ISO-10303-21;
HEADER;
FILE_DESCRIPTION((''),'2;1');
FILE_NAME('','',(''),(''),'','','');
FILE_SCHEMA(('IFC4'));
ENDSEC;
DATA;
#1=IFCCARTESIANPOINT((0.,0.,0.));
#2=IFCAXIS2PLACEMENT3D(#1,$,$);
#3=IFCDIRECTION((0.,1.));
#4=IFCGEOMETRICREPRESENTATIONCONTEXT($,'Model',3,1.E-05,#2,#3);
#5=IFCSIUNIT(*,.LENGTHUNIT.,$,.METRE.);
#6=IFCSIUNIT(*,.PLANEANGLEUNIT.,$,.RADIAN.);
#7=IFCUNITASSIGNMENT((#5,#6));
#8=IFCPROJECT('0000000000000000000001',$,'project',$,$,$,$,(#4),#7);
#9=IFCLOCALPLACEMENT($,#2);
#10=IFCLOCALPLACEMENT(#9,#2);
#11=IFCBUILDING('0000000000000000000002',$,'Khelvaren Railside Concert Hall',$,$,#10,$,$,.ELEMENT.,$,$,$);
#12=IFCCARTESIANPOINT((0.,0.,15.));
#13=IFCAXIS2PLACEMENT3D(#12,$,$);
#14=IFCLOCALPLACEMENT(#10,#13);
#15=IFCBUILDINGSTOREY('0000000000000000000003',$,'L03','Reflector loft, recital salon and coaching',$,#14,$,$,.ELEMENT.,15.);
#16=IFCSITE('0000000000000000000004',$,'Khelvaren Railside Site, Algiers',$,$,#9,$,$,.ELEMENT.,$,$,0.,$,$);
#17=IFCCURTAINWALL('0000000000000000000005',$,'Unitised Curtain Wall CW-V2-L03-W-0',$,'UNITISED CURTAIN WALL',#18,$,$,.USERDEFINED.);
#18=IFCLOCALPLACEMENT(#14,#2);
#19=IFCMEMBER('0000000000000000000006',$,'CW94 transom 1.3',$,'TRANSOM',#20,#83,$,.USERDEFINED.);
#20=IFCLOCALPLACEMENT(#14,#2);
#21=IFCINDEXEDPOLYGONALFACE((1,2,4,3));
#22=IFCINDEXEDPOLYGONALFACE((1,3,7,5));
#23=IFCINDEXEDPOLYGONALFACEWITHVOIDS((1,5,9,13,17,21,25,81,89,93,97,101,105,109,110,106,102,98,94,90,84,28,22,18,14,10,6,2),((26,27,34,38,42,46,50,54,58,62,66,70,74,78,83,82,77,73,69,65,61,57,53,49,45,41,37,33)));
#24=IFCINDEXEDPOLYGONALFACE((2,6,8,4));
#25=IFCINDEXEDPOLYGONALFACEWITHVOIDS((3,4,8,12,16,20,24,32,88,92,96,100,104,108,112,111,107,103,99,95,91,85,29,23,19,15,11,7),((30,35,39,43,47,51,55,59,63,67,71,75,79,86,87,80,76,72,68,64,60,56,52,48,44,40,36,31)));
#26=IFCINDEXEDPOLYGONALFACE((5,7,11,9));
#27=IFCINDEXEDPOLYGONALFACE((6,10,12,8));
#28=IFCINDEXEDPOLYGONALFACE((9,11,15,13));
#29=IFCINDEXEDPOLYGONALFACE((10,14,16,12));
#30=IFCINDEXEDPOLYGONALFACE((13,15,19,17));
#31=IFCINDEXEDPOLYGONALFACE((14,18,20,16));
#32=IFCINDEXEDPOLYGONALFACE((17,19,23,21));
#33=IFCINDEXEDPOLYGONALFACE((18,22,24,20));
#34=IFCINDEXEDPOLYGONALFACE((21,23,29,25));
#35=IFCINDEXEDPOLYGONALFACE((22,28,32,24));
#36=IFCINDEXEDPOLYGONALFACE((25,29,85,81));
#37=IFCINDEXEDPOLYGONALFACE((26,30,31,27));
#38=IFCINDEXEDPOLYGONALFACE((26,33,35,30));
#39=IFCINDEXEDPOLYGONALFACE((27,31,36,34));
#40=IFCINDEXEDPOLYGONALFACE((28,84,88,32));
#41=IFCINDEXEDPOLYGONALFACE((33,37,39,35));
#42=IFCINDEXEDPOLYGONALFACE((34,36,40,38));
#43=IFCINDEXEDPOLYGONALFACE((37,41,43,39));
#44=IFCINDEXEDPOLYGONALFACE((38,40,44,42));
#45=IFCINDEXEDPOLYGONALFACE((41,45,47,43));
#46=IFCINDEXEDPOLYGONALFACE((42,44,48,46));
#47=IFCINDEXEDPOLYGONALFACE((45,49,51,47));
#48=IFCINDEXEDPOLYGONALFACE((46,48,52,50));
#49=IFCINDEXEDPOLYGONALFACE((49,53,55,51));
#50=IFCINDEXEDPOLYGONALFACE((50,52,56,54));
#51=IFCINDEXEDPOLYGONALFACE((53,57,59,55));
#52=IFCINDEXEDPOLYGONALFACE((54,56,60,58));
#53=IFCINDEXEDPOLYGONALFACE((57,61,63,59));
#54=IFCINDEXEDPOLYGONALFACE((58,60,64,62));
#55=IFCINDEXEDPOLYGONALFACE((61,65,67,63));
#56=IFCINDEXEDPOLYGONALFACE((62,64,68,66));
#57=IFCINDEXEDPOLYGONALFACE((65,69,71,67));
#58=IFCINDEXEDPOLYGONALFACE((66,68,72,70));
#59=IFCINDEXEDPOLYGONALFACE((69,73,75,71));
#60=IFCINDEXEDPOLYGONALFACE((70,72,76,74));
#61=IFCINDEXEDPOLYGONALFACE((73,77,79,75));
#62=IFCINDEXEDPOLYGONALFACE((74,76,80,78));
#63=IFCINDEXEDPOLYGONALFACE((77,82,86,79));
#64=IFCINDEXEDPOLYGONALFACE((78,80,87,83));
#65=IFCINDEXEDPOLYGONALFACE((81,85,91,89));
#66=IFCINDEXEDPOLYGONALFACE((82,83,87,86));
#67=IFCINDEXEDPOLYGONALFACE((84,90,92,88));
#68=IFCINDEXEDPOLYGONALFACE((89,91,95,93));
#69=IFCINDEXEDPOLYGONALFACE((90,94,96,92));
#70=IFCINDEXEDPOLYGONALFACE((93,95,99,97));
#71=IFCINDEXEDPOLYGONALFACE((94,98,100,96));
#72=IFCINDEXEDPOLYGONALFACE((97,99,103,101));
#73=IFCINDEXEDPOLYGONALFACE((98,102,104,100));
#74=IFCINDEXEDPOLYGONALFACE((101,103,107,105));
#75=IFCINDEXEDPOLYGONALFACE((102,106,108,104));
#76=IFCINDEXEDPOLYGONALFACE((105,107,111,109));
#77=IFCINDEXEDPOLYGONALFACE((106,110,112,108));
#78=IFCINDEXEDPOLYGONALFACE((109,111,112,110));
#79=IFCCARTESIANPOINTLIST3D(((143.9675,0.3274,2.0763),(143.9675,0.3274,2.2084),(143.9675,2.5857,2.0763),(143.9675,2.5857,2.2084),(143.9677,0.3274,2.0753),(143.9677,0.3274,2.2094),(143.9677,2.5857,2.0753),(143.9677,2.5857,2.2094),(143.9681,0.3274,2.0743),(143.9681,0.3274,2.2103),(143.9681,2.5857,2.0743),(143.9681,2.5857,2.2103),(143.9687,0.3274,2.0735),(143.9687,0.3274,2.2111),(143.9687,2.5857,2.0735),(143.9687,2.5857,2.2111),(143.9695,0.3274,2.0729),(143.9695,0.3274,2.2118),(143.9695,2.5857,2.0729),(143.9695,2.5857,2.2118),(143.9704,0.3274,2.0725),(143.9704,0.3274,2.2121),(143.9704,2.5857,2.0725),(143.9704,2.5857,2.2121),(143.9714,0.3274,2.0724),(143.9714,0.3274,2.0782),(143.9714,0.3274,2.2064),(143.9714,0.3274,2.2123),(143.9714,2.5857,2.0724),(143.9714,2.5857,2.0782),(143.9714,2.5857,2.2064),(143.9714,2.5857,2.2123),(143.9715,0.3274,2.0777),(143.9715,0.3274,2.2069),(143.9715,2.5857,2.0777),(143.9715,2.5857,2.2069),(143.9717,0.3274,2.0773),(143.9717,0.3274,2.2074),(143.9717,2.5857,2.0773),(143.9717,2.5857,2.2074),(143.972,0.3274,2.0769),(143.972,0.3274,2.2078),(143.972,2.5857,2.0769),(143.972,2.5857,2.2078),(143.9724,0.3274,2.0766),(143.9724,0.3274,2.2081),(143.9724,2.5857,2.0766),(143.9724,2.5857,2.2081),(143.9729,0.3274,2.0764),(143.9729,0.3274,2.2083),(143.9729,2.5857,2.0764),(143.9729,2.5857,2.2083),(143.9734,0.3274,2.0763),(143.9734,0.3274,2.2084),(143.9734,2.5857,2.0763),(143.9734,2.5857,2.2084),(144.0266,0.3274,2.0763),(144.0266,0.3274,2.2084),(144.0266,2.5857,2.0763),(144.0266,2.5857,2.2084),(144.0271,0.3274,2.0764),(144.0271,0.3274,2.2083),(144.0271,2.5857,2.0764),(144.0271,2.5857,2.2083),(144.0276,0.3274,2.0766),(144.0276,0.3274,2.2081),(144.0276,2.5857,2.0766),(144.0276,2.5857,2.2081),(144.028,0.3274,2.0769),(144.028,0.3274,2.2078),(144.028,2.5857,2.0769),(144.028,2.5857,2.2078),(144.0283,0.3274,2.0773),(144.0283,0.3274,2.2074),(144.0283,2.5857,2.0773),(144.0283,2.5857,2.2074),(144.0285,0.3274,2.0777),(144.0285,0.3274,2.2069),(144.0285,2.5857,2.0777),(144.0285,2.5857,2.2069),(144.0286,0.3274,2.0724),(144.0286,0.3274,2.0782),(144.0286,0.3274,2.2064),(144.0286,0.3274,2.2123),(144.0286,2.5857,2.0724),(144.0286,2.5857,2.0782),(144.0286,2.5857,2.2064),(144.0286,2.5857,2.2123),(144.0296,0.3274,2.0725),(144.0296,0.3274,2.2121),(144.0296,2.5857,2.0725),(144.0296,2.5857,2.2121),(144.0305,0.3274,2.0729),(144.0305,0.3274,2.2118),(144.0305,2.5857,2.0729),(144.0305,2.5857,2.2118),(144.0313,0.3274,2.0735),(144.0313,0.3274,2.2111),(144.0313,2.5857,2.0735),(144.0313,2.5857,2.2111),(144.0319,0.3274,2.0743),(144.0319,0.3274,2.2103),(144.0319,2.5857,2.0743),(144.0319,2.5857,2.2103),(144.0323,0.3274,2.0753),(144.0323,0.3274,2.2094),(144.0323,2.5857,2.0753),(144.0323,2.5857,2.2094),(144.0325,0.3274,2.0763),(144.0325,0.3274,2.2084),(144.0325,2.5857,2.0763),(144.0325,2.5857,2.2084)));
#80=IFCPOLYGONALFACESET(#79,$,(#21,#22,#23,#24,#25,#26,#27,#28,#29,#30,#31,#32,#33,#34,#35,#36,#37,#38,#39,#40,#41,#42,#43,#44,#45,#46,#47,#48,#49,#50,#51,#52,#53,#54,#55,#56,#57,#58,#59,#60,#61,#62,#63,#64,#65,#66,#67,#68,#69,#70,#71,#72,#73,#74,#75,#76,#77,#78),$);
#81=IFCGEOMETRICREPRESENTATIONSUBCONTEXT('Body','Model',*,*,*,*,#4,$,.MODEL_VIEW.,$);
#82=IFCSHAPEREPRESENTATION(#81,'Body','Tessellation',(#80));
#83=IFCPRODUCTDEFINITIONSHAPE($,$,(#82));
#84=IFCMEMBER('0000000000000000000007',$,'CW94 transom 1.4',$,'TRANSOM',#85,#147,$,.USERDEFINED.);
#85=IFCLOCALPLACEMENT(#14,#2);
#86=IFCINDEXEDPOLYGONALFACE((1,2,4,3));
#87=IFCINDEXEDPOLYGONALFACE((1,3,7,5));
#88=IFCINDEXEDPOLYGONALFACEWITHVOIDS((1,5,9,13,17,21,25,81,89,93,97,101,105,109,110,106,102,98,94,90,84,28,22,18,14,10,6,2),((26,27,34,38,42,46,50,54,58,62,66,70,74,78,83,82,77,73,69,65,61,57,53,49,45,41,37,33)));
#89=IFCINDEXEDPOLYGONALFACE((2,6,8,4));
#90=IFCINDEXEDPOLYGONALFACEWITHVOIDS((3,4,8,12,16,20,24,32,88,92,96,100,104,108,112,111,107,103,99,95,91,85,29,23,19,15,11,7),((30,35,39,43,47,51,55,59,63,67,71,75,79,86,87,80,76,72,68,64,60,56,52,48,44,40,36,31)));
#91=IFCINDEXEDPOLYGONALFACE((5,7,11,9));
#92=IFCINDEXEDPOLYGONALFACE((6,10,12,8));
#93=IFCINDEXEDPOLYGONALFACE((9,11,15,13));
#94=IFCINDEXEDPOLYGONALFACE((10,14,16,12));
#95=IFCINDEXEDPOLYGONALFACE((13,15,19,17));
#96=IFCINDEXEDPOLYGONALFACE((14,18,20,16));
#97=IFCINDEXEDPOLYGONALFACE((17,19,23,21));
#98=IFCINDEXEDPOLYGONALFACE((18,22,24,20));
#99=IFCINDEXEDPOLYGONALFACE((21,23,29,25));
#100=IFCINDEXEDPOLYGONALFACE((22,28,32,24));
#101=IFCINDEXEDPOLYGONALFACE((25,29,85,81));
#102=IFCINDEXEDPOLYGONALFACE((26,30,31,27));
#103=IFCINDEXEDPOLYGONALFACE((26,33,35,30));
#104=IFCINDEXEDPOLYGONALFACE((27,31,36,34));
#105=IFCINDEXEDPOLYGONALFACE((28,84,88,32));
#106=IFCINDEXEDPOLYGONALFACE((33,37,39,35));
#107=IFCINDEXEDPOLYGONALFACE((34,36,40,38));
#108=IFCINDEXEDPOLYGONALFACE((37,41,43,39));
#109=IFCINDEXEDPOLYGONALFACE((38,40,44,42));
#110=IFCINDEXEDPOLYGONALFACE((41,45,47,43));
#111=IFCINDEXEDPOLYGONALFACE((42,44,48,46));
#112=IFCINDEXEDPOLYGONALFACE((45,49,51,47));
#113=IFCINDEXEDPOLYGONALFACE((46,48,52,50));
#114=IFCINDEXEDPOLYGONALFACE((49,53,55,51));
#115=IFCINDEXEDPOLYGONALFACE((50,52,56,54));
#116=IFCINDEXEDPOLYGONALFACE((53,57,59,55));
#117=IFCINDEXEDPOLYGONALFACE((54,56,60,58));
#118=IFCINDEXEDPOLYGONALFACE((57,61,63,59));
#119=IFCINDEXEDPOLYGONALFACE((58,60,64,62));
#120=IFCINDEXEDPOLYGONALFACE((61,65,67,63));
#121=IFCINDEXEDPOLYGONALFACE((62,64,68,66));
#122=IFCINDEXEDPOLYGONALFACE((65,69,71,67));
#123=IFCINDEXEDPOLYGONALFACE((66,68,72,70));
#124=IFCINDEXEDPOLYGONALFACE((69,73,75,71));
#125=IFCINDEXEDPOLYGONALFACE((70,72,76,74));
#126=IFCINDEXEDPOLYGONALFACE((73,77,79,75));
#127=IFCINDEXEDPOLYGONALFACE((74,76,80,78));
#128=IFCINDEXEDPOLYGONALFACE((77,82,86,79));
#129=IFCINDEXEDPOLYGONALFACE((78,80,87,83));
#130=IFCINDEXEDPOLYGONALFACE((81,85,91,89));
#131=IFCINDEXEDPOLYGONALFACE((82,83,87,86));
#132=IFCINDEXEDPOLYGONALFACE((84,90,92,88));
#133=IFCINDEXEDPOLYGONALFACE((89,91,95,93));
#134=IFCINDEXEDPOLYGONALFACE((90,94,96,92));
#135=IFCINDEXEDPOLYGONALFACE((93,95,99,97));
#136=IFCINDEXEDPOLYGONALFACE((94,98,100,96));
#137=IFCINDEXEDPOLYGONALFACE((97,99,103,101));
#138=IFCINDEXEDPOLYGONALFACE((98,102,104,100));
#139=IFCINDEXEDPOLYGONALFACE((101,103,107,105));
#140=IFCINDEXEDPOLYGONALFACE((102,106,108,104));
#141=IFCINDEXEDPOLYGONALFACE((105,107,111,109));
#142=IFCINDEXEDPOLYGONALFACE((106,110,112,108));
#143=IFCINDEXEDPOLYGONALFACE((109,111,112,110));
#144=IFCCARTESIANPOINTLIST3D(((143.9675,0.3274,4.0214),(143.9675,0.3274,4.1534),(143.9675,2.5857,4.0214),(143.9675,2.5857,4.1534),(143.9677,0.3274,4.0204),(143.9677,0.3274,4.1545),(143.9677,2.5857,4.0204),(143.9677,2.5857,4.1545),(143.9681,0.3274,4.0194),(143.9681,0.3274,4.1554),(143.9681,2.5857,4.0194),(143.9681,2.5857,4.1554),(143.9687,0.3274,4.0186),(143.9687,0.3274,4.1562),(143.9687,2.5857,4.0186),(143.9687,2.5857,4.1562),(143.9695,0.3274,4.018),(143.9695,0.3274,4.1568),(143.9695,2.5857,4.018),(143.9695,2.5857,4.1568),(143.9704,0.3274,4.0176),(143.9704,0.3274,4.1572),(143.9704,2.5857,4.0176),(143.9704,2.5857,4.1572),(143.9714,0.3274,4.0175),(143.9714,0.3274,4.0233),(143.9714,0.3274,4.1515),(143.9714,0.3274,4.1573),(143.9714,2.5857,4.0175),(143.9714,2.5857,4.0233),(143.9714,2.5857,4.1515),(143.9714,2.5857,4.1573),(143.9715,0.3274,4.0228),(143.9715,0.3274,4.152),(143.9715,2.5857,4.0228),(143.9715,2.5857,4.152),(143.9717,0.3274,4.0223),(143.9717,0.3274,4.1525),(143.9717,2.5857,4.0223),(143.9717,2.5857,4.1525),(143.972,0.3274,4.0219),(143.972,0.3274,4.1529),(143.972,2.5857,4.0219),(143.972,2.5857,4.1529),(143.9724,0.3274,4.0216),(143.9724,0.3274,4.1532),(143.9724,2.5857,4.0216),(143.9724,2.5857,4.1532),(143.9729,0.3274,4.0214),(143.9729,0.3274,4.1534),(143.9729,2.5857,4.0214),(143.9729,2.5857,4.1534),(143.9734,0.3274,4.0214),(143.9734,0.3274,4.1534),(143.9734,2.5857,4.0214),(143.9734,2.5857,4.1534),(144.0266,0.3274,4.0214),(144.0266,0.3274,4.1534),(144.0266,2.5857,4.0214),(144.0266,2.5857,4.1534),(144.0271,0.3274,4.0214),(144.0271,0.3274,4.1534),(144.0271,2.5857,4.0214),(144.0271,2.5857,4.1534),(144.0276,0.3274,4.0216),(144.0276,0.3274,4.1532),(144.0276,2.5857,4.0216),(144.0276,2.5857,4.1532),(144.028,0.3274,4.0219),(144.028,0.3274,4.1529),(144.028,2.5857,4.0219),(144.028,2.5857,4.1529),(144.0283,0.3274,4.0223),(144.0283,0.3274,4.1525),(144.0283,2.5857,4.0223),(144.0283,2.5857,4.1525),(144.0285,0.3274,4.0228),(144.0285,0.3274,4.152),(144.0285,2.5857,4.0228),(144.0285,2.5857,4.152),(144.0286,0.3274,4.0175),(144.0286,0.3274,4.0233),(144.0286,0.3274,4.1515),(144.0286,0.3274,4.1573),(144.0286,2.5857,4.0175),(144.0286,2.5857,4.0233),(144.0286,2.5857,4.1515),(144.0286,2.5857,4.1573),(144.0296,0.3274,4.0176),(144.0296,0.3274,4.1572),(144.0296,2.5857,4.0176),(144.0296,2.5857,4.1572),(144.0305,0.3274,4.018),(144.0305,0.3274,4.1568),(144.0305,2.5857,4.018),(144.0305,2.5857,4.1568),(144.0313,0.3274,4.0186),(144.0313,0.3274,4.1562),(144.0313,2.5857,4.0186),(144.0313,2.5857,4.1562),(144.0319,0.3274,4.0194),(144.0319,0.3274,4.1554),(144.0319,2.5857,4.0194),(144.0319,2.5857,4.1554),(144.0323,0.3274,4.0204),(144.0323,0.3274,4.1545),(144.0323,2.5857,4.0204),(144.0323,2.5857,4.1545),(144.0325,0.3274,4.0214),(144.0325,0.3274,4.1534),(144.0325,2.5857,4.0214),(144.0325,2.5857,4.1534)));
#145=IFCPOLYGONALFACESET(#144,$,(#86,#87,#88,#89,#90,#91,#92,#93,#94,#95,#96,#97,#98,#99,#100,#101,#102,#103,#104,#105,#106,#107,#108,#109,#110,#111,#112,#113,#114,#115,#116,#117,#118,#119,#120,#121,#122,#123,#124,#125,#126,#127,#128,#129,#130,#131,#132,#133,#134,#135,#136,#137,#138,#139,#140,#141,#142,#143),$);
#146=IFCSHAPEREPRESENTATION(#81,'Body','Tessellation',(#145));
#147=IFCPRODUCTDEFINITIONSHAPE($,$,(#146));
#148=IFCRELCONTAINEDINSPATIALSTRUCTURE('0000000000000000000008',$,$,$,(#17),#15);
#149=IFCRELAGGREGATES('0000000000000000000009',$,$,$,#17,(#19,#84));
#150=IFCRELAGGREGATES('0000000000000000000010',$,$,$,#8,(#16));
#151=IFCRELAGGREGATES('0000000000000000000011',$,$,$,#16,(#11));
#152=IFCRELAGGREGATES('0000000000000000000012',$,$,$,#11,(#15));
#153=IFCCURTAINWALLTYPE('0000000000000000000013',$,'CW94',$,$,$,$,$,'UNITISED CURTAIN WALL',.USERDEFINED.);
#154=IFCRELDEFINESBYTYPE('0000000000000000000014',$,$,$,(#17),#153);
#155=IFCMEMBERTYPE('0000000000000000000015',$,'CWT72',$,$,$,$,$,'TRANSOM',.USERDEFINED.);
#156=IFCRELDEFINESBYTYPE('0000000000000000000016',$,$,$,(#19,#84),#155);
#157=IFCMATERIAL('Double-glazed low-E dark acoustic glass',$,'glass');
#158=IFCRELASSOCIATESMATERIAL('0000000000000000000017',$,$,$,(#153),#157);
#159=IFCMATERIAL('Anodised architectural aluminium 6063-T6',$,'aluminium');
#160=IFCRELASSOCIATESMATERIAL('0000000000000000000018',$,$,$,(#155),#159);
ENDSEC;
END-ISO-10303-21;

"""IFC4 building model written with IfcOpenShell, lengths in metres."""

from ifc_helpers import new_model, si_unit, direction, frame, origin, origin_2d, place, context, subcontext, project, spatial, hollow_rectangle, extrude, material, material_profile, profile_set, type_object, element, aggregate, save


model = new_model("IFC4")

# Units and contexts
model_context = context("Model", 3, precision=1e-05, world=origin(), true_north=direction((0.0, 1.0)))
body_context = subcontext(model_context, "Body", "Model", "MODEL_VIEW")
ifc_project = project(units=[si_unit("LENGTHUNIT", "METRE"), si_unit("PLANEANGLEUNIT", "RADIAN")], contexts=[model_context])

# Site, building, storey
site_placement = place(None, origin())
site = spatial("IfcSite", under=ifc_project, at=site_placement, Name="Khelvaren Railside Site, Algiers", CompositionType="ELEMENT", RefElevation=0.0)
building_placement = place(site_placement, origin())
building = spatial("IfcBuilding", under=site, at=building_placement, Name="Khelvaren Railside Concert Hall", CompositionType="ELEMENT")
storey_placement = place(building_placement, frame((0.0, 0.0, 15.0)))
storey = spatial("IfcBuildingStorey", under=building, at=storey_placement, Name="L03", Description="Reflector loft, recital salon and coaching", CompositionType="ELEMENT", Elevation=15.0)

# Curtain wall, members
ifc_material_1 = material(Name="Double-glazed low-E dark acoustic glass", Category="glass")
curtain_wall_type = type_object("IfcCurtainWallType", Name="CW94", ElementType="UNITISED CURTAIN WALL", PredefinedType="USERDEFINED", material=ifc_material_1)
curtain_wall_placement = place(storey_placement, origin())
curtain_wall = element("IfcCurtainWall", 1, at=curtain_wall_placement, inside=storey, type_object=curtain_wall_type, Name="Unitised Curtain Wall CW-V2-L03-W-0", ObjectType="UNITISED CURTAIN WALL", PredefinedType="USERDEFINED")
ifc_material_2 = material(Name="Anodised architectural aluminium 6063-T6", Category="aluminium")
ifc_material_profile_1 = material_profile(ifc_material_2, hollow_rectangle(XDim=0.0649, YDim=0.1399, WallThickness=0.0039, InnerFilletRadius=0.002, OuterFilletRadius=0.0039, at=origin_2d()), Name="CWT 65x140x4")
ifc_profile_set_1 = profile_set([ifc_material_profile_1], Name="Anodised architectural aluminium 6063-T6")
member_type_1 = type_object("IfcMemberType", Name="CWT72", ElementType="TRANSOM", PredefinedType="USERDEFINED", material=ifc_profile_set_1)
member_1_placement = place(storey_placement, frame((144.0, 0.3274, 2.1423), z_axis=(0.0, 1.0, 0.0), x_axis=(-1.0, 0.0, 0.0)))
member_1 = element("IfcMember", 2, at=member_1_placement, type_object=member_type_1, Name="CW94 transom 1.3", ObjectType="TRANSOM", PredefinedType="USERDEFINED", context=body_context, shape_type="SweptSolid", body=[
    extrude(hollow_rectangle(XDim=0.0649, YDim=0.1399, WallThickness=0.0039, InnerFilletRadius=0.002, OuterFilletRadius=0.0039, at=origin_2d()), origin(), (0.0, 0.0, 1.0), 2.2583),
])
member_2_placement = place(storey_placement, frame((144.0, 0.3274, 4.0874), z_axis=(0.0, 1.0, 0.0), x_axis=(-1.0, 0.0, 0.0)))
member_2 = element("IfcMember", 3, at=member_2_placement, type_object=member_type_1, Name="CW94 transom 1.4", ObjectType="TRANSOM", PredefinedType="USERDEFINED", context=body_context, shape_type="SweptSolid", body=[
    extrude(hollow_rectangle(XDim=0.0649, YDim=0.1399, WallThickness=0.0039, InnerFilletRadius=0.002, OuterFilletRadius=0.0039, at=origin_2d()), origin(), (0.0, 0.0, 1.0), 2.2583),
])

aggregate(curtain_wall, [member_1, member_2])

save(model, "model.ifc")
